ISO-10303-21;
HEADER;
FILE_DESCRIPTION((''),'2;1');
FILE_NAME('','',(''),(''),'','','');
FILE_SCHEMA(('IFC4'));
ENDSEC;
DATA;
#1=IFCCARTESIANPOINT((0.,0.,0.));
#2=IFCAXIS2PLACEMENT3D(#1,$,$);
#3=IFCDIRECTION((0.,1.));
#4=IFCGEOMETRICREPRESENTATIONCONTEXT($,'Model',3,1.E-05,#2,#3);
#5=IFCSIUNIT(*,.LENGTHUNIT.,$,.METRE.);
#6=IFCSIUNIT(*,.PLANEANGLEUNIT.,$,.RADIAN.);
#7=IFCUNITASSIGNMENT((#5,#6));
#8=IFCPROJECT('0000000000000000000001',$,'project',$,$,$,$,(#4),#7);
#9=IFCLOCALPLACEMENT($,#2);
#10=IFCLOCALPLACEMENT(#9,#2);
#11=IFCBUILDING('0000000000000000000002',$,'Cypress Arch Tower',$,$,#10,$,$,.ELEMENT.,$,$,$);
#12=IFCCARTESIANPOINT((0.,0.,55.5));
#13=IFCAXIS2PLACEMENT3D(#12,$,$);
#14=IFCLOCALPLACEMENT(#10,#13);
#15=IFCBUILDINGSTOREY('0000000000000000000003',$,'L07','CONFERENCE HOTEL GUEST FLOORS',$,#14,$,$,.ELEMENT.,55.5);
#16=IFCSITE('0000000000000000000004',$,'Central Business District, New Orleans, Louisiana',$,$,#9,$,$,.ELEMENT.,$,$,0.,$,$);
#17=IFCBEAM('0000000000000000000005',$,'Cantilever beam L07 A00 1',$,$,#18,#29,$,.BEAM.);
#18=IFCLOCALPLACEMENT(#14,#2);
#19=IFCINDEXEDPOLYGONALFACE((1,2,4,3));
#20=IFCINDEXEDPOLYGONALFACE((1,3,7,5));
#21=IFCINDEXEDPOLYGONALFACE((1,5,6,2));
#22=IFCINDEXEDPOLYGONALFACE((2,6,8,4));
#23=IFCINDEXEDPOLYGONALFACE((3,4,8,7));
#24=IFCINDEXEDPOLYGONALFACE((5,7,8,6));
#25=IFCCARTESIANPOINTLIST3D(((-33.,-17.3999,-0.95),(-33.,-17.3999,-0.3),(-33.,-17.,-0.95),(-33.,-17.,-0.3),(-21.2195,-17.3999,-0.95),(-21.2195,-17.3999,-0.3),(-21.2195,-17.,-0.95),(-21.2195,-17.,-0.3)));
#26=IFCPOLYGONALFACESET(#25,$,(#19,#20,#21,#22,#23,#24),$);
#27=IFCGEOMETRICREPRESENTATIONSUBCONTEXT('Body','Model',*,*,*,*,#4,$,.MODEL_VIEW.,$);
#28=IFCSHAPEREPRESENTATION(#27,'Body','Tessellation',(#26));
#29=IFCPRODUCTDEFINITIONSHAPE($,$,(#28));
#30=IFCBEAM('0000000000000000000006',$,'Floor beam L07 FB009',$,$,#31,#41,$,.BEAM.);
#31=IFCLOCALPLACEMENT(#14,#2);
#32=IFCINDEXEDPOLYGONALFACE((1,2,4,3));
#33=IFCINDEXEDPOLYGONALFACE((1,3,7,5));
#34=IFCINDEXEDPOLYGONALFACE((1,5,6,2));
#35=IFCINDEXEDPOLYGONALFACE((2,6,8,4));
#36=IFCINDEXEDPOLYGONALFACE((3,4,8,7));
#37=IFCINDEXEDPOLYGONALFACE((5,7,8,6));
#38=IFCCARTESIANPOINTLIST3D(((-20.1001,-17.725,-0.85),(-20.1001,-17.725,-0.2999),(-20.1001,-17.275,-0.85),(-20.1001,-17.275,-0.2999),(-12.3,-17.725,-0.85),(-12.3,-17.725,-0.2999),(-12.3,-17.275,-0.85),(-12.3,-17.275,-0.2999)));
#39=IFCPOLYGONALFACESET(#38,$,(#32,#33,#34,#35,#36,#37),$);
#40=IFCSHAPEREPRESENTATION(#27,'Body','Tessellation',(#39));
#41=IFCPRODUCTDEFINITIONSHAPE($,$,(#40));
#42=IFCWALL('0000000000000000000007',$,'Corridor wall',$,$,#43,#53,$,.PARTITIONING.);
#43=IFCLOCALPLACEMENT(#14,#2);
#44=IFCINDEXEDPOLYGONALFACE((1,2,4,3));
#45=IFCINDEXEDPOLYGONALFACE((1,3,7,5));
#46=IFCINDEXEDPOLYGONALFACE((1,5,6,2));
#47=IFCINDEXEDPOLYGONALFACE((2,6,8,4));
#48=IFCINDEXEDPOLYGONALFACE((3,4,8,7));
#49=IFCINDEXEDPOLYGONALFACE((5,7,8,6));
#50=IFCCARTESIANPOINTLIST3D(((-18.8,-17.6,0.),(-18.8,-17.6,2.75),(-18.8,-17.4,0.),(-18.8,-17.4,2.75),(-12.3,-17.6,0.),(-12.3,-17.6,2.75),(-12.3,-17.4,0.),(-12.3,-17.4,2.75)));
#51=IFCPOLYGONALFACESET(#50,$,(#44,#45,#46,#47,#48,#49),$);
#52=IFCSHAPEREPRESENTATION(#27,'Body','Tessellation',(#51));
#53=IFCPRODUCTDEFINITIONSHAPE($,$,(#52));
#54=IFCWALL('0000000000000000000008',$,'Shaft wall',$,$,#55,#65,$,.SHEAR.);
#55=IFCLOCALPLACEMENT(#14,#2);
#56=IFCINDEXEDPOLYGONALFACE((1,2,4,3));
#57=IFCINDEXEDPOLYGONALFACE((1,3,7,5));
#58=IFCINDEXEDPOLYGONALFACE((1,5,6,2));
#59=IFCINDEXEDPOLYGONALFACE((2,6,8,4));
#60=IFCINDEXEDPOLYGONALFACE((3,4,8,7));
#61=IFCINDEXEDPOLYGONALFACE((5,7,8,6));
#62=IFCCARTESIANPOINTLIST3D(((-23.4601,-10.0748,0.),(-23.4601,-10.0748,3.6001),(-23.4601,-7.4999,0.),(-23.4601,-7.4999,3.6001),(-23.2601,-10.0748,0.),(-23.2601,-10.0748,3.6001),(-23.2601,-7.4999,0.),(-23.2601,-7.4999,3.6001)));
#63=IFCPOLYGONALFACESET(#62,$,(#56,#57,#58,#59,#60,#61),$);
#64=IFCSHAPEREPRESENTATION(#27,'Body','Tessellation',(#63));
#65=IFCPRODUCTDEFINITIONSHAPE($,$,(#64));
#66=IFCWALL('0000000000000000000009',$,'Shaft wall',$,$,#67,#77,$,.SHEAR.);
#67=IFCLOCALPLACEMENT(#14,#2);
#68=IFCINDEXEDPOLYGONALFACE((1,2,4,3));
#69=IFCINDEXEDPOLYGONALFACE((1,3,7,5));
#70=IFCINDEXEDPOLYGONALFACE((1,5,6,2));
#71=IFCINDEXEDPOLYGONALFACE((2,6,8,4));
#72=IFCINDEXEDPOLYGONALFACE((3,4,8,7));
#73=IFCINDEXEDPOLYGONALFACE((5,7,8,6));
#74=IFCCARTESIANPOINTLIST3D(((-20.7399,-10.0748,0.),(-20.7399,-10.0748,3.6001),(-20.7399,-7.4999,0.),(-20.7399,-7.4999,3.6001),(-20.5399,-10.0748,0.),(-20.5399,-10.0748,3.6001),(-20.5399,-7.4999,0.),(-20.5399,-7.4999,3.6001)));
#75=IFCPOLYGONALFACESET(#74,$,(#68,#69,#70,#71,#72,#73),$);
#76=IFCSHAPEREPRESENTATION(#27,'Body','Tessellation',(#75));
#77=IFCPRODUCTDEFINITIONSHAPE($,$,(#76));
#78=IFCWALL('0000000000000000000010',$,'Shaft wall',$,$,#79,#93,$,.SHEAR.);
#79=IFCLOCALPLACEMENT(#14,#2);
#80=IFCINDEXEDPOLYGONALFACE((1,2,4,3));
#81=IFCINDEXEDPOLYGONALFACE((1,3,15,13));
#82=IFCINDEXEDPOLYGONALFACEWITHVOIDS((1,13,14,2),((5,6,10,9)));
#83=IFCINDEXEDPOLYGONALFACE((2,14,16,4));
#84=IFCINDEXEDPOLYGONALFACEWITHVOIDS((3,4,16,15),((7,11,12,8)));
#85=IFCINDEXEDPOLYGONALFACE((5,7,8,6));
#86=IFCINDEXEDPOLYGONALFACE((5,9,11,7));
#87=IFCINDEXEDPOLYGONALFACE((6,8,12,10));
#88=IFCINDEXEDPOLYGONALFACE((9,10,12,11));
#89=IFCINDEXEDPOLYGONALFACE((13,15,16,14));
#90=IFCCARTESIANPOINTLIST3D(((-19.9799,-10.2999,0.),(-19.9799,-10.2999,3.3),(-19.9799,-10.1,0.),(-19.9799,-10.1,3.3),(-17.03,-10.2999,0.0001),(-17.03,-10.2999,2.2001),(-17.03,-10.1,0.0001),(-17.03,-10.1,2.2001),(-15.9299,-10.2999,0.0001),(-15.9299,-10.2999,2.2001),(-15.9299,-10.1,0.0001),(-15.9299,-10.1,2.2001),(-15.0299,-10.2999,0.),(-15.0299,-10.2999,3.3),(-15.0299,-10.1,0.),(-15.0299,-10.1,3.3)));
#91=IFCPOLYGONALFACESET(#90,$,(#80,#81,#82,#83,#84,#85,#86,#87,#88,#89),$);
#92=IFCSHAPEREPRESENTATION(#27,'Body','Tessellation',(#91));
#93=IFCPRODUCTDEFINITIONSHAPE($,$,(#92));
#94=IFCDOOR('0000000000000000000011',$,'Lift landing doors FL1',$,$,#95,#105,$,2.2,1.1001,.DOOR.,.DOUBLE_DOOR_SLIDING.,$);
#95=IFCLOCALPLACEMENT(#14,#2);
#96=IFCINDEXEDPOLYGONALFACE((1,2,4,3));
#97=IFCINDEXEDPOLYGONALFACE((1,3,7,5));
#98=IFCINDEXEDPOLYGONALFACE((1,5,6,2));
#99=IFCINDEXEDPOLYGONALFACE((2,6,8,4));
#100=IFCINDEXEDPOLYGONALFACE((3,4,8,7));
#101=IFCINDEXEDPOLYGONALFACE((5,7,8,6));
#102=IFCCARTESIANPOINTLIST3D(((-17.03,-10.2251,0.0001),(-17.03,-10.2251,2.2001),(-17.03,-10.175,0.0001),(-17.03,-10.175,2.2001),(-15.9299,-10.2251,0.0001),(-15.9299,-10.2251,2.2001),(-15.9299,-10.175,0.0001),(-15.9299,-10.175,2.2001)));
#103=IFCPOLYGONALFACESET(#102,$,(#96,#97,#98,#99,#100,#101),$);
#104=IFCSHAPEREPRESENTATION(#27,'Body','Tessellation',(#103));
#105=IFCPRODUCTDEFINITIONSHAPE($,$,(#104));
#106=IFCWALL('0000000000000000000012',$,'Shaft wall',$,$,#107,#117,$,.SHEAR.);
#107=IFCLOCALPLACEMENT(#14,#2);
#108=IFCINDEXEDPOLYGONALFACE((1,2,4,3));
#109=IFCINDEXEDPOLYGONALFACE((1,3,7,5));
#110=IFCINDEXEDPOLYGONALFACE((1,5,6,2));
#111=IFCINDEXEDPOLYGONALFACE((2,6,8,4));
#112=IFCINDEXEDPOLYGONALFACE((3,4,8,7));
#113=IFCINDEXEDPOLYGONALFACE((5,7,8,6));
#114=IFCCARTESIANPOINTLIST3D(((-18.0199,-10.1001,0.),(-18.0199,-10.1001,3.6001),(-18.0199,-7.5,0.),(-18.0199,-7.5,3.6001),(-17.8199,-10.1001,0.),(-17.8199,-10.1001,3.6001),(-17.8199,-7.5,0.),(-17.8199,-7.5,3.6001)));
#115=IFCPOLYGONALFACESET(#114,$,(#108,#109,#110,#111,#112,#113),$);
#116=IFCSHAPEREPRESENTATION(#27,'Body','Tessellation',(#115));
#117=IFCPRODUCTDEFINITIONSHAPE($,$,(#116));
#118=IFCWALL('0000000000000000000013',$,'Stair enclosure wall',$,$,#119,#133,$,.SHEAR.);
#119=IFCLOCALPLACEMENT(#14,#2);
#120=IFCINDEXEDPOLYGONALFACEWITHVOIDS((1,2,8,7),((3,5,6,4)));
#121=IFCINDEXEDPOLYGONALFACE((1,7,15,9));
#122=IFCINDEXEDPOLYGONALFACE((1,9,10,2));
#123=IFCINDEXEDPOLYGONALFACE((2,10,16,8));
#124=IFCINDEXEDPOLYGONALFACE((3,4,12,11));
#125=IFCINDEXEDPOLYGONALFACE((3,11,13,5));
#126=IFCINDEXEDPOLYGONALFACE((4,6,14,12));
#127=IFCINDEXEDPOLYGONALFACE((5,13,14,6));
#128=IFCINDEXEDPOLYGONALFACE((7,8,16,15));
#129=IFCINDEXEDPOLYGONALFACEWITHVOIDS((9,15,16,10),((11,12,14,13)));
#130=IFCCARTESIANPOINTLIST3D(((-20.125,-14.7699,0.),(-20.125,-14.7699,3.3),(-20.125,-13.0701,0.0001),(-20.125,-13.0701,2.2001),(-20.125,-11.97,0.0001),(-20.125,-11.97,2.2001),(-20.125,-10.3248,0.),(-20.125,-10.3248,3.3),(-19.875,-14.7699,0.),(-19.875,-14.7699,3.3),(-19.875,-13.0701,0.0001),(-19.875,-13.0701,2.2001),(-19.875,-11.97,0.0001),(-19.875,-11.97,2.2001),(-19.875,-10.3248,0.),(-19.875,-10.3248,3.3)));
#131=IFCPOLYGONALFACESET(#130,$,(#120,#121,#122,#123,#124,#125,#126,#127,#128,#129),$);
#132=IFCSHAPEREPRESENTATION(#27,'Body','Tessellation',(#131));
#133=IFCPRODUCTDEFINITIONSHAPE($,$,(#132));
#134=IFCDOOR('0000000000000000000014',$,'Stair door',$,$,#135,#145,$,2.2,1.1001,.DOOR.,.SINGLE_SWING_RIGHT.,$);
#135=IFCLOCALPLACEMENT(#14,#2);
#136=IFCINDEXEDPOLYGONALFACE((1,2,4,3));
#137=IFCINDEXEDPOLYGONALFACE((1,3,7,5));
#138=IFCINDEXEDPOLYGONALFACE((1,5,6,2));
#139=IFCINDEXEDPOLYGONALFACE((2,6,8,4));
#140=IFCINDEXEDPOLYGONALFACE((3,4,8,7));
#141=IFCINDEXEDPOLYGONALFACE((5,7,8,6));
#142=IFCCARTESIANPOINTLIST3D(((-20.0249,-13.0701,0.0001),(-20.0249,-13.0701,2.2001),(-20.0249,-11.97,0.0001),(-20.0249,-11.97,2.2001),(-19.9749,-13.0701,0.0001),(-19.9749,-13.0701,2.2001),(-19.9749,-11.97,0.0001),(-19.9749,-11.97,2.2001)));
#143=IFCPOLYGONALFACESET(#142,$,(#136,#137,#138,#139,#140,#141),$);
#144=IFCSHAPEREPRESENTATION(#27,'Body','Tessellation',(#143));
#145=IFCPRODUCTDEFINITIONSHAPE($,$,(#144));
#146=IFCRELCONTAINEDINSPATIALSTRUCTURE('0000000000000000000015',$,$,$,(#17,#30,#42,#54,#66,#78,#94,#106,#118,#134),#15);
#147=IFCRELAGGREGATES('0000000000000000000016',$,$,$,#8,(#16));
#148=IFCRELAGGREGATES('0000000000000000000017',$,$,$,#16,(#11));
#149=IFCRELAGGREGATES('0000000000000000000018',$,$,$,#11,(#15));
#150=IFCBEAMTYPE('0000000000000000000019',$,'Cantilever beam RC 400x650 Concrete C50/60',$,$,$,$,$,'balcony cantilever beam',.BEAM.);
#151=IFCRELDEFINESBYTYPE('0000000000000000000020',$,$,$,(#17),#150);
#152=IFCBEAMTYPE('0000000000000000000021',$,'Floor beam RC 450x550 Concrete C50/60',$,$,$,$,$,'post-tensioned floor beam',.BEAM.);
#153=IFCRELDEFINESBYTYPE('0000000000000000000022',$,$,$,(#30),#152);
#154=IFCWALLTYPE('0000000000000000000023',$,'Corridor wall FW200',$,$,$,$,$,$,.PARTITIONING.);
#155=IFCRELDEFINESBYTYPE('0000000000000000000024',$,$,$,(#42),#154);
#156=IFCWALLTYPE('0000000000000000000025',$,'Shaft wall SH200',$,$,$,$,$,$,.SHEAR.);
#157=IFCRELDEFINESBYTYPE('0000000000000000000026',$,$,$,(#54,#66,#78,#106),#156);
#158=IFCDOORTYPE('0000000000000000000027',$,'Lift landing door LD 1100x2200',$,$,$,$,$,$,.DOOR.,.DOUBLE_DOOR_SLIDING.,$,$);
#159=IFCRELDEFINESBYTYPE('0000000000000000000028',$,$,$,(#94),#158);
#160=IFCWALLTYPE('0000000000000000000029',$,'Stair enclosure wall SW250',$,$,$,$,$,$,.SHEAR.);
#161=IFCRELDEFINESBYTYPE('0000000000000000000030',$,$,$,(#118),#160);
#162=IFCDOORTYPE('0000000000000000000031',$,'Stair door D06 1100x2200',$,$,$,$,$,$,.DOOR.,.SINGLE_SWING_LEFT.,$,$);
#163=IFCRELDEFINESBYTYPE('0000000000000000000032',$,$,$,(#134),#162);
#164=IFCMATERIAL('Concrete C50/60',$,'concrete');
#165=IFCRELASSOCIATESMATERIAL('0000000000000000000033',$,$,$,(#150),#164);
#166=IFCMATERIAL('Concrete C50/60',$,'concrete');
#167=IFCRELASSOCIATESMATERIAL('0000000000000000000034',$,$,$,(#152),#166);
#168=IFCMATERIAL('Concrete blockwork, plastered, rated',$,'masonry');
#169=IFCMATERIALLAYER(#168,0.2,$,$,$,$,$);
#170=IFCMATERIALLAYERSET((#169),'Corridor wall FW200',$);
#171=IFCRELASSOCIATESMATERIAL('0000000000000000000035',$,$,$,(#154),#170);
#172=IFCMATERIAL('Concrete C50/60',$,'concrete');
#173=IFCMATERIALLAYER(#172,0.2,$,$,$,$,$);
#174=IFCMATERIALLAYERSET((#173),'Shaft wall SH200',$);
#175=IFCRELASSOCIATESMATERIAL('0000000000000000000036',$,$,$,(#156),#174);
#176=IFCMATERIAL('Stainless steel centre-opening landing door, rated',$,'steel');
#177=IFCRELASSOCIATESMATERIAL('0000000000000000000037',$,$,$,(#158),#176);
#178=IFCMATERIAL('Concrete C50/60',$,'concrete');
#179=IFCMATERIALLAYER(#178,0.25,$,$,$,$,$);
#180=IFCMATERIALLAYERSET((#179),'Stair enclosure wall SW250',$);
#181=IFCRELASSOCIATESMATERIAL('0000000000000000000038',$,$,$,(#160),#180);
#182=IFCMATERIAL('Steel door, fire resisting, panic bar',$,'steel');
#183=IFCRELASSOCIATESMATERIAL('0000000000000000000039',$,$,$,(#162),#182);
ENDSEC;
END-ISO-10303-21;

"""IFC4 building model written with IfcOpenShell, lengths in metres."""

from ifc_helpers import new_model, si_unit, direction, frame, frame_2d, origin, origin_2d, place, context, subcontext, project, spatial, rectangle, extrude, material, layer, layer_set, material_profile, profile_set, type_object, element, fill, save


model = new_model("IFC4")

# Units and contexts
model_context = context("Model", 3, precision=1e-05, world=origin(), true_north=direction((0.0, 1.0)))
body_context = subcontext(model_context, "Body", "Model", "MODEL_VIEW")
ifc_project = project(units=[si_unit("LENGTHUNIT", "METRE"), si_unit("PLANEANGLEUNIT", "RADIAN")], contexts=[model_context])

# Site, building, storey
site_placement = place(None, origin())
site = spatial("IfcSite", under=ifc_project, at=site_placement, Name="Central Business District, New Orleans, Louisiana", CompositionType="ELEMENT", RefElevation=0.0)
building_placement = place(site_placement, origin())
building = spatial("IfcBuilding", under=site, at=building_placement, Name="Cypress Arch Tower", CompositionType="ELEMENT")
storey_placement = place(building_placement, frame((0.0, 0.0, 55.5)))
storey = spatial("IfcBuildingStorey", under=building, at=storey_placement, Name="L07", Description="CONFERENCE HOTEL GUEST FLOORS", CompositionType="ELEMENT", Elevation=55.5)

# Beams
ifc_material_1 = material(Name="Concrete C50/60", Category="concrete")
ifc_material_profile_1 = material_profile(ifc_material_1, rectangle(XDim=0.3999, YDim=0.6499, at=origin_2d()), Name="RC 400x650")
ifc_profile_set_1 = profile_set([ifc_material_profile_1], Name="Concrete C50/60")
beam_type_1 = type_object("IfcBeamType", Name="Cantilever beam RC 400x650 Concrete C50/60", ElementType="balcony cantilever beam", PredefinedType="BEAM", material=ifc_profile_set_1)
beam_1_placement = place(storey_placement, frame((-21.2195, -17.2, -0.625), z_axis=(-1.0, 0.0, 0.0), x_axis=(0.0, -1.0, 0.0)))
element("IfcBeam", 1, at=beam_1_placement, inside=storey, type_object=beam_type_1, Name="Cantilever beam L07 A00 1", PredefinedType="BEAM", context=body_context, shape_type="SweptSolid", body=[
    extrude(rectangle(XDim=0.3999, YDim=0.6499, at=origin_2d()), origin(), (0.0, 0.0, 1.0), 11.7805),
])
ifc_material_2 = material(Name="Concrete C50/60", Category="concrete")
ifc_material_profile_2 = material_profile(ifc_material_2, rectangle(XDim=0.45, YDim=0.55, at=origin_2d()), Name="RC 450x550")
ifc_profile_set_2 = profile_set([ifc_material_profile_2], Name="Concrete C50/60")
beam_type_2 = type_object("IfcBeamType", Name="Floor beam RC 450x550 Concrete C50/60", ElementType="post-tensioned floor beam", PredefinedType="BEAM", material=ifc_profile_set_2)
beam_2_placement = place(storey_placement, frame((-20.1001, -17.5, -0.575), z_axis=(1.0, 0.0, 0.0), x_axis=(0.0, 1.0, 0.0)))
element("IfcBeam", 2, at=beam_2_placement, inside=storey, type_object=beam_type_2, Name="Floor beam L07 FB009", PredefinedType="BEAM", context=body_context, shape_type="SweptSolid", body=[
    extrude(rectangle(XDim=0.45, YDim=0.55, at=origin_2d()), origin(), (0.0, 0.0, 1.0), 7.8),
])

# Walls
ifc_material_3 = material(Name="Concrete blockwork, plastered, rated", Category="masonry")
ifc_layer_1 = layer(ifc_material_3, 0.2)
ifc_layer_set_1 = layer_set([ifc_layer_1], Name="Corridor wall FW200")
wall_type_1 = type_object("IfcWallType", Name="Corridor wall FW200", PredefinedType="PARTITIONING", material=ifc_layer_set_1)
wall_1_placement = place(storey_placement, frame((-18.8, -17.5, 0.0), z_axis=(0.0, 0.0, 1.0), x_axis=(1.0, 0.0, 0.0)))
element("IfcWall", 3, at=wall_1_placement, inside=storey, type_object=wall_type_1, Name="Corridor wall", PredefinedType="PARTITIONING", context=body_context, shape_type="SweptSolid", body=[
    extrude(rectangle(XDim=6.5, YDim=0.2, at=frame_2d((3.25, 0.0))), origin(), (0.0, 0.0, 1.0), 2.75),
])
ifc_material_4 = material(Name="Concrete C50/60", Category="concrete")
ifc_layer_2 = layer(ifc_material_4, 0.2)
ifc_layer_set_2 = layer_set([ifc_layer_2], Name="Shaft wall SH200")
wall_type_2 = type_object("IfcWallType", Name="Shaft wall SH200", PredefinedType="SHEAR", material=ifc_layer_set_2)
for number, where, z_axis, x_axis, name in (
    (4, (-23.3601, -10.075, 0.0), (0.0, 0.0, 1.0), (0.0, 1.0, 0.0), "Shaft wall"),
    (5, (-20.6399, -10.075, 0.0), (0.0, 0.0, 1.0), (0.0, 1.0, 0.0), "Shaft wall"),
):
    element("IfcWall", number, at=place(storey_placement, frame(where, z_axis=z_axis, x_axis=x_axis)), inside=storey, type_object=wall_type_2, Name=name, PredefinedType="SHEAR", context=body_context, shape_type="SweptSolid", body=[
        extrude(rectangle(XDim=2.575, YDim=0.2, at=frame_2d((1.2876, 0.0))), origin(), (0.0, 0.0, 1.0), 3.6001),
    ])

# Wall, opening, door
wall_2_placement = place(storey_placement, frame((-19.98, -10.2, 0.0), z_axis=(0.0, 0.0, 1.0), x_axis=(1.0, 0.0, 0.0)))
wall_2 = element("IfcWall", 6, at=wall_2_placement, inside=storey, type_object=wall_type_2, Name="Shaft wall", PredefinedType="SHEAR", context=body_context, shape_type="SweptSolid", body=[
    extrude(rectangle(XDim=4.95, YDim=0.2, at=frame_2d((2.4751, 0.0))), origin(), (0.0, 0.0, 1.0), 3.3),
])
opening_1_placement = place(wall_2_placement, frame((2.95, 0.0, 0.0)))
opening_1 = element("IfcOpeningElement", 7, at=opening_1_placement, cuts=wall_2, PredefinedType="OPENING", context=body_context, shape_type="SweptSolid", body=[
    extrude(rectangle(XDim=1.1001, YDim=2.2, at=frame_2d((0.55, 1.1001))), frame((0.0, 0.1099, 0.0), z_axis=(0.0, -1.0, 0.0), x_axis=(1.0, 0.0, 0.0)), (0.0, 0.0, 1.0), 0.22),
])
ifc_material_5 = material(Name="Stainless steel centre-opening landing door, rated", Category="steel")
door_type_1 = type_object("IfcDoorType", Name="Lift landing door LD 1100x2200", OperationType="DOUBLE_DOOR_SLIDING", PredefinedType="DOOR", material=ifc_material_5)
door_1_placement = place(opening_1_placement, origin())
door_1 = element("IfcDoor", 8, at=door_1_placement, inside=storey, type_object=door_type_1, Name="Lift landing doors FL1", OperationType="DOUBLE_DOOR_SLIDING", OverallHeight=2.2, OverallWidth=1.1001, PredefinedType="DOOR", context=body_context, shape_type="SweptSolid", body=[
    extrude(rectangle(XDim=1.1001, YDim=2.2, at=frame_2d((0.55, 1.1001))), frame((0.0, 0.0249, 0.0), z_axis=(0.0, -1.0, 0.0), x_axis=(1.0, 0.0, 0.0)), (0.0, 0.0, 1.0), 0.05),
])
fill(opening_1, door_1)

# Wall
wall_3_placement = place(storey_placement, frame((-17.9199, -10.1001, 0.0), z_axis=(0.0, 0.0, 1.0), x_axis=(0.0, 1.0, 0.0)))
element("IfcWall", 9, at=wall_3_placement, inside=storey, type_object=wall_type_2, Name="Shaft wall", PredefinedType="SHEAR", context=body_context, shape_type="SweptSolid", body=[
    extrude(rectangle(XDim=2.6001, YDim=0.2, at=frame_2d((1.3, 0.0))), origin(), (0.0, 0.0, 1.0), 3.6001),
])

# Wall, opening, door
ifc_material_6 = material(Name="Concrete C50/60", Category="concrete")
ifc_layer_3 = layer(ifc_material_6, 0.25)
ifc_layer_set_3 = layer_set([ifc_layer_3], Name="Stair enclosure wall SW250")
wall_type_3 = type_object("IfcWallType", Name="Stair enclosure wall SW250", PredefinedType="SHEAR", material=ifc_layer_set_3)
wall_4_placement = place(storey_placement, frame((-20.0, -14.77, 0.0), z_axis=(0.0, 0.0, 1.0), x_axis=(0.0, 1.0, 0.0)))
wall_4 = element("IfcWall", 10, at=wall_4_placement, inside=storey, type_object=wall_type_3, Name="Stair enclosure wall", PredefinedType="SHEAR", context=body_context, shape_type="SweptSolid", body=[
    extrude(rectangle(XDim=4.4451, YDim=0.25, at=frame_2d((2.2227, 0.0))), origin(), (0.0, 0.0, 1.0), 3.3),
])
opening_2_placement = place(wall_4_placement, frame((1.7, 0.0, 0.0)))
opening_2 = element("IfcOpeningElement", 11, at=opening_2_placement, cuts=wall_4, PredefinedType="OPENING", context=body_context, shape_type="SweptSolid", body=[
    extrude(rectangle(XDim=1.1001, YDim=2.2, at=frame_2d((0.55, 1.1001))), frame((0.0, 0.135, 0.0), z_axis=(0.0, -1.0, 0.0), x_axis=(1.0, 0.0, 0.0)), (0.0, 0.0, 1.0), 0.27),
])
ifc_material_7 = material(Name="Steel door, fire resisting, panic bar", Category="steel")
door_type_2 = type_object("IfcDoorType", Name="Stair door D06 1100x2200", OperationType="SINGLE_SWING_LEFT", PredefinedType="DOOR", material=ifc_material_7)
door_2_placement = place(opening_2_placement, origin())
door_2 = element("IfcDoor", 12, at=door_2_placement, inside=storey, type_object=door_type_2, Name="Stair door", OperationType="SINGLE_SWING_RIGHT", OverallHeight=2.2, OverallWidth=1.1001, PredefinedType="DOOR", context=body_context, shape_type="SweptSolid", body=[
    extrude(rectangle(XDim=1.1001, YDim=2.2, at=frame_2d((0.55, 1.1001))), frame((0.0, 0.0249, 0.0), z_axis=(0.0, -1.0, 0.0), x_axis=(1.0, 0.0, 0.0)), (0.0, 0.0, 1.0), 0.05),
])
fill(opening_2, door_2)

save(model, "model.ifc")
